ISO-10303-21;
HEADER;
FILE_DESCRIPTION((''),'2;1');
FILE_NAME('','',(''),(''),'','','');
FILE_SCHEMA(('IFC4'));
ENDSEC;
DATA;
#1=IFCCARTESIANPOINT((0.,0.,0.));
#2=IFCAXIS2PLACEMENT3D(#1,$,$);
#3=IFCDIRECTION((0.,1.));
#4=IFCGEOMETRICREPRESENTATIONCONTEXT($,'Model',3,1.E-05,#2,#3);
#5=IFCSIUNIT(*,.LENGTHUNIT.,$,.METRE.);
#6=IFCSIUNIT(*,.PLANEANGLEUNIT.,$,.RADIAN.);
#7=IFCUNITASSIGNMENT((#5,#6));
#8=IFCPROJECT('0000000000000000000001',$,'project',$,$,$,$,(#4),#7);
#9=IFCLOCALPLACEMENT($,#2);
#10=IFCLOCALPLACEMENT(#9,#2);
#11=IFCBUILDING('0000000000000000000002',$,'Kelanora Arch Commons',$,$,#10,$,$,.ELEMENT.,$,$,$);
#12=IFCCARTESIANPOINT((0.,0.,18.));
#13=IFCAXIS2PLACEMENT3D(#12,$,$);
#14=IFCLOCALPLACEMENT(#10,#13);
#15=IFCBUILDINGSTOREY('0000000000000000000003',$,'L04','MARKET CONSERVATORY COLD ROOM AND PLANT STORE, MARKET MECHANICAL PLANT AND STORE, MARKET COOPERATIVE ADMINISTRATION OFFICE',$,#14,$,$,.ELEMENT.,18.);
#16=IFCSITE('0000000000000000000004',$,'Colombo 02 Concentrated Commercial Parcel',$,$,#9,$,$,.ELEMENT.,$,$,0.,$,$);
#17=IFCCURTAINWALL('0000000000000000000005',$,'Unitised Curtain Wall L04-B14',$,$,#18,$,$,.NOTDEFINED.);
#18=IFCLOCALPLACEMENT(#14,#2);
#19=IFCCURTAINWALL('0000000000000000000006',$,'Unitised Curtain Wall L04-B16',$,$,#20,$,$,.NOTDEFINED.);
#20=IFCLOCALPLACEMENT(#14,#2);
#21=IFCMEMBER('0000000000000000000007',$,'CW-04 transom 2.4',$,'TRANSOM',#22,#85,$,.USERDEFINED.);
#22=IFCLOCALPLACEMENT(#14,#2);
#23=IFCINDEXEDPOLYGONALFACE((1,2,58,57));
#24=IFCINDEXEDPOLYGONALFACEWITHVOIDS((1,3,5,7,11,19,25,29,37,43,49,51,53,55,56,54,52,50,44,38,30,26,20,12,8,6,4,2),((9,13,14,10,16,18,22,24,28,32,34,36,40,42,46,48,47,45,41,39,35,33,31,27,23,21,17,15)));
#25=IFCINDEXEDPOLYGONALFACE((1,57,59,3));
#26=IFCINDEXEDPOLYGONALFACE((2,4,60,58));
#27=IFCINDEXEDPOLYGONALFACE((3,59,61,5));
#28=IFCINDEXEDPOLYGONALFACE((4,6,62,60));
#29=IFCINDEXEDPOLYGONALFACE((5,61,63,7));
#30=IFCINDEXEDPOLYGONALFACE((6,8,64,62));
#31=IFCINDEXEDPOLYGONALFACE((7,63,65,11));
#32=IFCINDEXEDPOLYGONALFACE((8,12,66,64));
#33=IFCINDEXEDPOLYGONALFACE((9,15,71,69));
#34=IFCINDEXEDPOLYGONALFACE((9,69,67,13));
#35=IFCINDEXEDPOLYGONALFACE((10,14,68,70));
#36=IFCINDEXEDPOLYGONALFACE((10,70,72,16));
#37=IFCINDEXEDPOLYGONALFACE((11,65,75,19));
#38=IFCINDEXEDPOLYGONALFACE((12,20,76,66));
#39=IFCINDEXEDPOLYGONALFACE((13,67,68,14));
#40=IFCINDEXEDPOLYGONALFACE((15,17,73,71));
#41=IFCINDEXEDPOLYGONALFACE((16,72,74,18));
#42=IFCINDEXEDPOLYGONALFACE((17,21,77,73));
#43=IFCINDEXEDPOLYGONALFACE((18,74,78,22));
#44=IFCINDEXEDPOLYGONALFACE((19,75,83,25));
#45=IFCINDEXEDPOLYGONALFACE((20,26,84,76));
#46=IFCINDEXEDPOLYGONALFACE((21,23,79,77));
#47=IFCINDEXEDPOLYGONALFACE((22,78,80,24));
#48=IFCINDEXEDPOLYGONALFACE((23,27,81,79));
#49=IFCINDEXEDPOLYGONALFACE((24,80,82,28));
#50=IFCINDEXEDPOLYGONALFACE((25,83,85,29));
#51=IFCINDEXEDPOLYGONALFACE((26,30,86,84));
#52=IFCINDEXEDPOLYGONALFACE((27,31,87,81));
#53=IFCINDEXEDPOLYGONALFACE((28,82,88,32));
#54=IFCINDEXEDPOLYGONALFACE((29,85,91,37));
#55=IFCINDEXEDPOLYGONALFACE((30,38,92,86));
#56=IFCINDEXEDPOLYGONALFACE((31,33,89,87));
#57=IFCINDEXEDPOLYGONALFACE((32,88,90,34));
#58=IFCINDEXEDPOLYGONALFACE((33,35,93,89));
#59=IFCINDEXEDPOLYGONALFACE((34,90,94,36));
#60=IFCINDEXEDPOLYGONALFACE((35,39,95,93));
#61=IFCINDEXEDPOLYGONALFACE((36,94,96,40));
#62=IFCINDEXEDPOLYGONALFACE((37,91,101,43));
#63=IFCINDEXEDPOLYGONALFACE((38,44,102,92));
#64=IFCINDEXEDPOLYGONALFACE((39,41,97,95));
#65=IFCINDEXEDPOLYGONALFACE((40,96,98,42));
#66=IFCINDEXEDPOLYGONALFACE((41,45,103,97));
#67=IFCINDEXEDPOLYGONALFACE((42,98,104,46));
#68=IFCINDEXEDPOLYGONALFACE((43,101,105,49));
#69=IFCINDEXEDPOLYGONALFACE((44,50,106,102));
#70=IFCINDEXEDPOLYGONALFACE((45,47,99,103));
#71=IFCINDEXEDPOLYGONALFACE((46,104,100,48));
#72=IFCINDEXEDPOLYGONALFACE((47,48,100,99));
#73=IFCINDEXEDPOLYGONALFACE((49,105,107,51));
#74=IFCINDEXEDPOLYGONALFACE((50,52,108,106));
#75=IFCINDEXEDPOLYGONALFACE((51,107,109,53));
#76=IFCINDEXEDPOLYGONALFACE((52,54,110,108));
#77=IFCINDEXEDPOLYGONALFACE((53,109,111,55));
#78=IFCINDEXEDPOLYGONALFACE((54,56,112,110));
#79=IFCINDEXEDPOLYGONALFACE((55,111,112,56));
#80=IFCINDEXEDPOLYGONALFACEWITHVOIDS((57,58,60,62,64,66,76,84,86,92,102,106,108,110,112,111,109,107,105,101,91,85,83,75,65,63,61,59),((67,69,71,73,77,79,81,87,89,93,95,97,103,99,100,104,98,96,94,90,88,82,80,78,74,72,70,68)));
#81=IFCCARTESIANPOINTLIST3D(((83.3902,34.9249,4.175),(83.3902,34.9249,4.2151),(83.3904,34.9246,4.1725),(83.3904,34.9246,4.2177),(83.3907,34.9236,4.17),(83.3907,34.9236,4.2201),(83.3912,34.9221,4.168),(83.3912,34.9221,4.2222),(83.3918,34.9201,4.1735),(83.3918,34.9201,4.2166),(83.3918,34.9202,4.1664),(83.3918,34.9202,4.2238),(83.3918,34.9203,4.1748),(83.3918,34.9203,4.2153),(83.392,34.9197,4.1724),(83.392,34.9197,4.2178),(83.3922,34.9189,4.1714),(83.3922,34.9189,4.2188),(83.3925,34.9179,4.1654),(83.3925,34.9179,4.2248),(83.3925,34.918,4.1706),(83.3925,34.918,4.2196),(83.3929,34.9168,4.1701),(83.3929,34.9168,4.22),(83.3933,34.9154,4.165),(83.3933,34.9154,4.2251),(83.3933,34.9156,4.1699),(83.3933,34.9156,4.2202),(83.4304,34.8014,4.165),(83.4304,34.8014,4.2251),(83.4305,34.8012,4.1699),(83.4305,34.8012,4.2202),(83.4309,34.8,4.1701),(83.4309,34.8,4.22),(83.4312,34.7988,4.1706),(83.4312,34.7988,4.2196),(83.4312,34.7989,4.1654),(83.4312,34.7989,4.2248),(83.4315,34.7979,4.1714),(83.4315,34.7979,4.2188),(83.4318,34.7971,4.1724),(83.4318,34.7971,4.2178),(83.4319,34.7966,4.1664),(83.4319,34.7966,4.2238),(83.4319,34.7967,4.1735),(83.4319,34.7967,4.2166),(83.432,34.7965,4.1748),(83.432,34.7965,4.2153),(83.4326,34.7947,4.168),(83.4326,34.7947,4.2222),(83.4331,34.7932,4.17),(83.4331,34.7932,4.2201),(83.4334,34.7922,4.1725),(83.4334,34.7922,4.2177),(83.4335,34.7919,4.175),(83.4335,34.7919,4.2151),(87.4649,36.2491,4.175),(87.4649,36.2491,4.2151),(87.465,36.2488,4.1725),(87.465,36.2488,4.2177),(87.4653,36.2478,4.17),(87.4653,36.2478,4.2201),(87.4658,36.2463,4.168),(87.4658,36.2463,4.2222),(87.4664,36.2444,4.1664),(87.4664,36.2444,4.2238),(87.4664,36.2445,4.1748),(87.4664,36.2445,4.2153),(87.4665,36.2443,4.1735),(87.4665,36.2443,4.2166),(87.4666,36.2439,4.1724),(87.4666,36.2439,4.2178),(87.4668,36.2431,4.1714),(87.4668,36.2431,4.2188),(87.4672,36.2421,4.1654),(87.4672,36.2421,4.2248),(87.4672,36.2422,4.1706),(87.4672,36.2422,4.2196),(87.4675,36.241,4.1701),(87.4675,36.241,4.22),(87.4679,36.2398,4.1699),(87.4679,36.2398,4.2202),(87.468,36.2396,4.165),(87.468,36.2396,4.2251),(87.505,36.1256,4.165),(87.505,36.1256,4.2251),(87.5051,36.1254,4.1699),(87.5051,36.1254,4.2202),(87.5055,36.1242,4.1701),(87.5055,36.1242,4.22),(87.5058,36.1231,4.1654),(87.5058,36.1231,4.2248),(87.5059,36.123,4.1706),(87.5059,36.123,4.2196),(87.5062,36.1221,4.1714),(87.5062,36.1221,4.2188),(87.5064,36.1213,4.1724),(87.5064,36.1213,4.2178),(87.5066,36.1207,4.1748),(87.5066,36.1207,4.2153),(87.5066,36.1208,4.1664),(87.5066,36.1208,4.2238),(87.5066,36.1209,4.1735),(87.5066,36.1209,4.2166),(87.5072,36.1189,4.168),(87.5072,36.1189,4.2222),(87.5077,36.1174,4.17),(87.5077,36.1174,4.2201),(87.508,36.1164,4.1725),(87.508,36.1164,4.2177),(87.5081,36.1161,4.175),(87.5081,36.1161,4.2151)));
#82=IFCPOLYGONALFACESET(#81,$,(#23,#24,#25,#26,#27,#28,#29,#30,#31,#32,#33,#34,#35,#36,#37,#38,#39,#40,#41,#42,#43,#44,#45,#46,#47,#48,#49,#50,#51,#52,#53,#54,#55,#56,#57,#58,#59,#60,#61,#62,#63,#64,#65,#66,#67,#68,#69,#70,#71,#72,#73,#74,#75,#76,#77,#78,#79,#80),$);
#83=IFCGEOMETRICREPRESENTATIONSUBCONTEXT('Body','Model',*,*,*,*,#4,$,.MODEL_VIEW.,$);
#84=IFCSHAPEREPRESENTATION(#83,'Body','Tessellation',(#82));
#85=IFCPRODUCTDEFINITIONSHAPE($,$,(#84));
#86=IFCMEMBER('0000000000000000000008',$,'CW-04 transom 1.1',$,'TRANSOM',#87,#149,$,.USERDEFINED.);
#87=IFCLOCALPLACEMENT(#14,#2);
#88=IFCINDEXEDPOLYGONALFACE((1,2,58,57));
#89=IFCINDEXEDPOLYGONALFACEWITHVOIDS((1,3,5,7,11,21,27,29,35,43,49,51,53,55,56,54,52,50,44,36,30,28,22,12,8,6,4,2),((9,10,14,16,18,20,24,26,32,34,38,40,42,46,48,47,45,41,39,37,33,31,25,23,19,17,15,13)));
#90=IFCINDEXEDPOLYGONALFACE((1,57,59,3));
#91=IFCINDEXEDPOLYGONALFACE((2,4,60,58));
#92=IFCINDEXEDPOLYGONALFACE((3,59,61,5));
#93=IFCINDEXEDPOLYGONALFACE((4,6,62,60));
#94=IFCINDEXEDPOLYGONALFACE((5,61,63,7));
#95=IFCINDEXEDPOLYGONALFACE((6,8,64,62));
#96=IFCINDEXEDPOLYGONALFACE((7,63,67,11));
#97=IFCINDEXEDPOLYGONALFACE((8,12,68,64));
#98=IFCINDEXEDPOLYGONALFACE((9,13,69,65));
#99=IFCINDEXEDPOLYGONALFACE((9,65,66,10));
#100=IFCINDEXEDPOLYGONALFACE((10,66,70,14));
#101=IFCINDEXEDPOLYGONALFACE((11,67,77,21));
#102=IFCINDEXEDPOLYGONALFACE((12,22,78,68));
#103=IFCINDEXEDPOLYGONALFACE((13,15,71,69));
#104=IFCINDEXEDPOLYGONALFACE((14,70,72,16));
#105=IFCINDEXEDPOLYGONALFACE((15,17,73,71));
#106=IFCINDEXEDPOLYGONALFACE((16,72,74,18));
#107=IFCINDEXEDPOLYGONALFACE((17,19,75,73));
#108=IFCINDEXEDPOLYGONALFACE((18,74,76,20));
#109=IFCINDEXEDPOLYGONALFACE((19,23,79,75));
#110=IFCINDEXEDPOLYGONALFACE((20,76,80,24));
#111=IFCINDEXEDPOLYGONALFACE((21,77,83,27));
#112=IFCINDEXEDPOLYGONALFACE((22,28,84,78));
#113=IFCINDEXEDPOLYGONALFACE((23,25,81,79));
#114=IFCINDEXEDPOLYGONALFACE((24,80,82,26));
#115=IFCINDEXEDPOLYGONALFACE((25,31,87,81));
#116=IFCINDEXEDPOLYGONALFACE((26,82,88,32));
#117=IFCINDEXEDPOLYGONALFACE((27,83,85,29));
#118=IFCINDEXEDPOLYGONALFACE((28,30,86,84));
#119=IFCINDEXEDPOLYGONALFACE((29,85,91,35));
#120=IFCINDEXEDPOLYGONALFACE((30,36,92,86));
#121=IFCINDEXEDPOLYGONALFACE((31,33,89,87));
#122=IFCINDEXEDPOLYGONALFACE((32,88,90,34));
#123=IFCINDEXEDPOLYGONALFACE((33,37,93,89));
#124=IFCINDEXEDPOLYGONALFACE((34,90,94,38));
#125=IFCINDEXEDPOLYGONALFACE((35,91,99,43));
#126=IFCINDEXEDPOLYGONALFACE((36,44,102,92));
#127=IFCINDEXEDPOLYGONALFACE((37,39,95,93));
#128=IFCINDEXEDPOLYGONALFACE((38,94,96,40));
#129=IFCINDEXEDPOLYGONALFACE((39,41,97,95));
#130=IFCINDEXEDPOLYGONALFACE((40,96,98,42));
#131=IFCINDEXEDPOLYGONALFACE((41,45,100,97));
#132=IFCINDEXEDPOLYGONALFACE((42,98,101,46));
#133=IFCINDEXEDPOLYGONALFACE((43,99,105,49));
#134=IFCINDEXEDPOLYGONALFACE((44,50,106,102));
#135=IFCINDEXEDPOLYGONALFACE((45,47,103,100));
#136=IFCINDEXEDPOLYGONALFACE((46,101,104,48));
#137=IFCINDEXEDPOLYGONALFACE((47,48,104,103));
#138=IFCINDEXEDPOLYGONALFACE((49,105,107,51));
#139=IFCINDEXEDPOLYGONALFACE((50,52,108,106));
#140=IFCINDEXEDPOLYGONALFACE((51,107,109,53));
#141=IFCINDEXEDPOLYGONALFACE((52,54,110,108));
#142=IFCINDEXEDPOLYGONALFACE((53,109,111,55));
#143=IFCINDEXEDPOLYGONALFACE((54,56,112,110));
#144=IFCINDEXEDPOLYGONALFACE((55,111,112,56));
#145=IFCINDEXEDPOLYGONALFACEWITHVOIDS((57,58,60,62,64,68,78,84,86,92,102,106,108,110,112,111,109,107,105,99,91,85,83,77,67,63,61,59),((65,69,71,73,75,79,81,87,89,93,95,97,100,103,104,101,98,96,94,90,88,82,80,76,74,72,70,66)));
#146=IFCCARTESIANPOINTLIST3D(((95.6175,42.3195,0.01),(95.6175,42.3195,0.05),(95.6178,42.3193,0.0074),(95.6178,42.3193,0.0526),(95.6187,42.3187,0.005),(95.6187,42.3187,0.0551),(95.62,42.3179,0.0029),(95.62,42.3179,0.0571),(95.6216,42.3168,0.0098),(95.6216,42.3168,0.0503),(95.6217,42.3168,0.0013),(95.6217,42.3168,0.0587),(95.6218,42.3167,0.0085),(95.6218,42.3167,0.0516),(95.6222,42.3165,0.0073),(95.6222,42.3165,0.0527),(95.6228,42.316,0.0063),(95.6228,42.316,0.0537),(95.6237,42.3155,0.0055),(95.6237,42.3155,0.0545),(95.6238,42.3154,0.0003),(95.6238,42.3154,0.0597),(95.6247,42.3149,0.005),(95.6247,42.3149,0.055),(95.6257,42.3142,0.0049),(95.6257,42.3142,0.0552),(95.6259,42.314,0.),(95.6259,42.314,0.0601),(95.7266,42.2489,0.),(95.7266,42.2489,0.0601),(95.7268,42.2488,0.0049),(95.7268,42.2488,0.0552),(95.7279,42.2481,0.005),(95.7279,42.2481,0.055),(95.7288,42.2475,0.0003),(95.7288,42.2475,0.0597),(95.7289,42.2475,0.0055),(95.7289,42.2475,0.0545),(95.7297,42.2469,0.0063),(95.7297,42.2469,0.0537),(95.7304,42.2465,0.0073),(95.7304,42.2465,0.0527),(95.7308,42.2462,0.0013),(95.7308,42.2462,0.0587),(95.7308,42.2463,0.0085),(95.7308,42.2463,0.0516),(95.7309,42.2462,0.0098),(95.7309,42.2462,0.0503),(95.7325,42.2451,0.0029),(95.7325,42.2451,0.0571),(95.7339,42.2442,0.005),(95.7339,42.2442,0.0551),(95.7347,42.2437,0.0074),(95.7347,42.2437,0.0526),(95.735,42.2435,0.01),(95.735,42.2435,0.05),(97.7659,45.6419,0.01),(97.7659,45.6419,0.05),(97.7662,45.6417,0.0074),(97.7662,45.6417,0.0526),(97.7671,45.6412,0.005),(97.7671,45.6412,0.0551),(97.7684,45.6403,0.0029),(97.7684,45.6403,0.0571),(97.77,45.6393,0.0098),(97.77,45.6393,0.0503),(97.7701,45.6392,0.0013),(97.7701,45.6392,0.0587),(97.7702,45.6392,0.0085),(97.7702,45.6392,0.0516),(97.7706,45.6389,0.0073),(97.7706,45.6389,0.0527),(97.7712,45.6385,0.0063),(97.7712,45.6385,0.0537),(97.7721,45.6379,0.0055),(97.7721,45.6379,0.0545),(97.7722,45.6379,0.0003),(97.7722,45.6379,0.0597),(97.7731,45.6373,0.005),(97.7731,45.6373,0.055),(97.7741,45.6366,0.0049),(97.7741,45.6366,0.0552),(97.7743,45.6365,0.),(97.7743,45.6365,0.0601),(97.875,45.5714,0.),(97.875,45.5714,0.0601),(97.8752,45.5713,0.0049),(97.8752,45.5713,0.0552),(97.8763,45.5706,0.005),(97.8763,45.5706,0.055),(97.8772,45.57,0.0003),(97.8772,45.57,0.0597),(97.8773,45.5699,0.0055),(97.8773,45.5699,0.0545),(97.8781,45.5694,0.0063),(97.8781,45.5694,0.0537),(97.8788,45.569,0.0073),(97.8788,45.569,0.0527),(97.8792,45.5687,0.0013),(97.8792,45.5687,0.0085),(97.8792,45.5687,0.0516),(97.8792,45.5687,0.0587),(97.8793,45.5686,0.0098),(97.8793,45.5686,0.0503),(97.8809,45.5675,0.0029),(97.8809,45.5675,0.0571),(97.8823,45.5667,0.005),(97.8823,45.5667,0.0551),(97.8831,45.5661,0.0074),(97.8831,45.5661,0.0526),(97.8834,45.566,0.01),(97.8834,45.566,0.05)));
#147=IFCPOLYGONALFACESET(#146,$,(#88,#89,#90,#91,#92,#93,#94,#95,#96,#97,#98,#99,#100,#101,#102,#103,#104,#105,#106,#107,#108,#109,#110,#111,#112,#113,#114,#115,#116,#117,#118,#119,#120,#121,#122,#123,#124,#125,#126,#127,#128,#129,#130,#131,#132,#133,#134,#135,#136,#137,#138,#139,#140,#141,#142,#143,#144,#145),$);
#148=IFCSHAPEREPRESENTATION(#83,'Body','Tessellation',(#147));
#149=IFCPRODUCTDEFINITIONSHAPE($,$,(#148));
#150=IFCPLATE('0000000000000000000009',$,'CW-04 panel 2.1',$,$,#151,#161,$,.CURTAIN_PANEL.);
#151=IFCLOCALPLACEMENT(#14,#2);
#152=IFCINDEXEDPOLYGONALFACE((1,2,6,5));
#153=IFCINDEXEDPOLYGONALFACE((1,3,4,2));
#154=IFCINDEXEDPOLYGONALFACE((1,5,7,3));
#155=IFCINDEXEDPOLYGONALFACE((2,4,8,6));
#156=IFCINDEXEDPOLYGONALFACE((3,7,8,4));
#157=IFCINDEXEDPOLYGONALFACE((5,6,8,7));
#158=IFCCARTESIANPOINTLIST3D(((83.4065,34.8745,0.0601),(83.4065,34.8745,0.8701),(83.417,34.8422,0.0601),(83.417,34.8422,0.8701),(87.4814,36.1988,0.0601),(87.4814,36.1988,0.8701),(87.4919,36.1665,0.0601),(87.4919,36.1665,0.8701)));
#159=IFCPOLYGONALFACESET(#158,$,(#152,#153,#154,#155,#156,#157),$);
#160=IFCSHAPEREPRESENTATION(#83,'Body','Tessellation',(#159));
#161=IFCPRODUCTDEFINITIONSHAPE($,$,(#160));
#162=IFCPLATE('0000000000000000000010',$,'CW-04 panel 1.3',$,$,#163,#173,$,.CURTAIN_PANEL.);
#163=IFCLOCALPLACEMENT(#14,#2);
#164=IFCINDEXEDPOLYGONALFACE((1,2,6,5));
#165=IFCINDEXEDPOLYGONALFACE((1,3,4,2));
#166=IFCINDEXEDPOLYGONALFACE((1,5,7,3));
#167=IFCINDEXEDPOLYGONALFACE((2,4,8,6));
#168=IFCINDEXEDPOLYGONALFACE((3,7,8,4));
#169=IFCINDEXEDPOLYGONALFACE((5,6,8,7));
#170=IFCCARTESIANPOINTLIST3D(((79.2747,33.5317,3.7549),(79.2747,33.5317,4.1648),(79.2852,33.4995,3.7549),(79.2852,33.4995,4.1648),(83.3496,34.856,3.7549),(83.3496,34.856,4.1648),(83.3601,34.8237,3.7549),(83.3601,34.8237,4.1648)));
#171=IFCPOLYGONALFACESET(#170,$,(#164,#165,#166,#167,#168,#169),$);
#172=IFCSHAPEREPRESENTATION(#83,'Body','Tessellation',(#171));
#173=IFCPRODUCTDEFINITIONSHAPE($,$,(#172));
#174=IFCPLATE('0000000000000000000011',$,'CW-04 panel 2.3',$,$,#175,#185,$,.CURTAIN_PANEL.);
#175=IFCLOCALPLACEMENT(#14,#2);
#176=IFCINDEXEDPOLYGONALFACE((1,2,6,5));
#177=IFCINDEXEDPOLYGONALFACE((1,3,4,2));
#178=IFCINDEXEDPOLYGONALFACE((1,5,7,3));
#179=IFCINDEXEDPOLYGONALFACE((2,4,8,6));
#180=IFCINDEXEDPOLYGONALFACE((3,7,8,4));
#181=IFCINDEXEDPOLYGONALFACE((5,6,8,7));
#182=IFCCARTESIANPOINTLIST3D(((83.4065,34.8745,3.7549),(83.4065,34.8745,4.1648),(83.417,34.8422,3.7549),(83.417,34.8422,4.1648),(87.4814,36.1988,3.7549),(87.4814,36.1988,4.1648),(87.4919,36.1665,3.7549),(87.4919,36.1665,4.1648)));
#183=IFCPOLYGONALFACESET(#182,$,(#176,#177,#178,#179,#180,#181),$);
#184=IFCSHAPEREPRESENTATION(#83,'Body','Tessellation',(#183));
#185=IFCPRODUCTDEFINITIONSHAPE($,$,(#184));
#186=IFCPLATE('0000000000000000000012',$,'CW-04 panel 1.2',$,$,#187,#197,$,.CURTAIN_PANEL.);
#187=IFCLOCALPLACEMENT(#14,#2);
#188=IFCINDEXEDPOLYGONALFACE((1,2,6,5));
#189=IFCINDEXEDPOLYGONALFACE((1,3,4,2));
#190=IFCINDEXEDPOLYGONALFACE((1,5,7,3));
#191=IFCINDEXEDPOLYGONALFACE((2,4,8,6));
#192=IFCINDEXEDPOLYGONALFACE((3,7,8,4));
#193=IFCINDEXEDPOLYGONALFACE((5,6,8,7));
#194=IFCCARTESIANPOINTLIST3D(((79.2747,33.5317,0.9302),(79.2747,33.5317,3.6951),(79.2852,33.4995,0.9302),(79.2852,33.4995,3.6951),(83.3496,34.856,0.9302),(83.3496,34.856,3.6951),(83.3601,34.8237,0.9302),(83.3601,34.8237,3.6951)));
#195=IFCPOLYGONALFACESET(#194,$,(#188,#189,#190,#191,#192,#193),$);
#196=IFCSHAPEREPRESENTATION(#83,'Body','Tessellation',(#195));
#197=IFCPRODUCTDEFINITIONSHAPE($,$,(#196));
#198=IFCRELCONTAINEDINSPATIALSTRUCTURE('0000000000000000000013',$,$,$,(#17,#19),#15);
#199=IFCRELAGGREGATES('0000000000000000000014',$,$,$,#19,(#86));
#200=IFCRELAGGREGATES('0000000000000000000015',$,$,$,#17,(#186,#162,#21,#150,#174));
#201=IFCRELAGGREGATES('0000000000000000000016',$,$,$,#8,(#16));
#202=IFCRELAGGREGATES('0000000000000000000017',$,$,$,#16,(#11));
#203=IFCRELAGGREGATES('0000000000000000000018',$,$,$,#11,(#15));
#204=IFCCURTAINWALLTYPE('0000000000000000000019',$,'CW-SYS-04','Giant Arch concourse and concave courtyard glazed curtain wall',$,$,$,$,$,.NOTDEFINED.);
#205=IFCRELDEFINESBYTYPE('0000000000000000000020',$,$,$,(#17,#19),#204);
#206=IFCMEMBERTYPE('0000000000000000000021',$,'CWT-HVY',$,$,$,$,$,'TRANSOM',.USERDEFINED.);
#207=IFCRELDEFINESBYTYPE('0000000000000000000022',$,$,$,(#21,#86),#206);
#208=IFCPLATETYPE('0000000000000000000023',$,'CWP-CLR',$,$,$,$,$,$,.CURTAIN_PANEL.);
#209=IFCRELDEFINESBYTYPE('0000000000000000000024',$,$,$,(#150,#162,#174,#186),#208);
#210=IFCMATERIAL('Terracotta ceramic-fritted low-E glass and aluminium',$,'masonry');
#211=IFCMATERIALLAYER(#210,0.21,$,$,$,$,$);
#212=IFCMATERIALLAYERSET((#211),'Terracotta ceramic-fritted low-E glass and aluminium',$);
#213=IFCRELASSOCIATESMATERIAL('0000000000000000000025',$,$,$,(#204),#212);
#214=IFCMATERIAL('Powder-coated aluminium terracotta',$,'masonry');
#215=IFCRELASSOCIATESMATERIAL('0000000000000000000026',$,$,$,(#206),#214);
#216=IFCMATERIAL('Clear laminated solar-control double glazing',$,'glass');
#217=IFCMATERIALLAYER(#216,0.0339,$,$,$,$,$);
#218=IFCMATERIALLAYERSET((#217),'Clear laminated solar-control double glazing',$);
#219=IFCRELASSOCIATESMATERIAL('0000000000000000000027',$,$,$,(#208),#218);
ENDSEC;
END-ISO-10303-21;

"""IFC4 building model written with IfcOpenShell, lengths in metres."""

from ifc_helpers import new_model, si_unit, direction, frame, origin, origin_2d, place, context, subcontext, project, spatial, rectangle, hollow_rectangle, extrude, source, transform, mapped, material, layer, layer_set, material_profile, profile_set, type_object, element, aggregate, save


model = new_model("IFC4")

# Units and contexts
model_context = context("Model", 3, precision=1e-05, world=origin(), true_north=direction((0.0, 1.0)))
body_context = subcontext(model_context, "Body", "Model", "MODEL_VIEW")
ifc_project = project(units=[si_unit("LENGTHUNIT", "METRE"), si_unit("PLANEANGLEUNIT", "RADIAN")], contexts=[model_context])

# Site, building, storey
site_placement = place(None, origin())
site = spatial("IfcSite", under=ifc_project, at=site_placement, Name="Colombo 02 Concentrated Commercial Parcel", CompositionType="ELEMENT", RefElevation=0.0)
building_placement = place(site_placement, origin())
building = spatial("IfcBuilding", under=site, at=building_placement, Name="Kelanora Arch Commons", CompositionType="ELEMENT")
storey_placement = place(building_placement, frame((0.0, 0.0, 18.0)))
storey = spatial("IfcBuildingStorey", under=building, at=storey_placement, Name="L04", Description="MARKET CONSERVATORY COLD ROOM AND PLANT STORE, MARKET MECHANICAL PLANT AND STORE, MARKET COOPERATIVE ADMINISTRATION OFFICE", CompositionType="ELEMENT", Elevation=18.0)

# Curtain wall
ifc_material_1 = material(Name="Terracotta ceramic-fritted low-E glass and aluminium", Category="masonry")
ifc_layer_1 = layer(ifc_material_1, 0.21)
ifc_layer_set_1 = layer_set([ifc_layer_1], Name="Terracotta ceramic-fritted low-E glass and aluminium")
curtain_wall_type = type_object("IfcCurtainWallType", Name="CW-SYS-04", Description="Giant Arch concourse and concave courtyard glazed curtain wall", PredefinedType="NOTDEFINED", material=ifc_layer_set_1)
curtain_wall_1_placement = place(storey_placement, origin())
curtain_wall_1 = element("IfcCurtainWall", 1, at=curtain_wall_1_placement, inside=storey, type_object=curtain_wall_type, Name="Unitised Curtain Wall L04-B14", PredefinedType="NOTDEFINED")
ifc_material_2 = material(Name="Powder-coated aluminium terracotta", Category="masonry")

# Curtain wall
curtain_wall_2_placement = place(storey_placement, origin())
curtain_wall_2 = element("IfcCurtainWall", 2, at=curtain_wall_2_placement, inside=storey, type_object=curtain_wall_type, Name="Unitised Curtain Wall L04-B16", PredefinedType="NOTDEFINED")

# Members
ifc_material_profile_1 = material_profile(ifc_material_2, hollow_rectangle(XDim=0.1399, YDim=0.0601, WallThickness=0.0049, InnerFilletRadius=0.0049, OuterFilletRadius=0.01, at=origin_2d()), Name="CWT140x60")
ifc_profile_set_1 = profile_set([ifc_material_profile_1], Name="Powder-coated aluminium terracotta")
member_type_1 = type_object("IfcMemberType", Name="CWT-HVY", ElementType="TRANSOM", PredefinedType="USERDEFINED", material=ifc_profile_set_1)
member_1_placement = place(storey_placement, frame((83.4119, 34.8584, 4.1951), z_axis=(0.951038, 0.309073, 0.0), x_axis=(-0.309073, 0.951038, 0.0)))
member_1 = element("IfcMember", 3, at=member_1_placement, type_object=member_type_1, Name="CW-04 transom 2.4", ObjectType="TRANSOM", PredefinedType="USERDEFINED", context=body_context, shape_type="SweptSolid", body=[
    extrude(hollow_rectangle(XDim=0.1399, YDim=0.0601, WallThickness=0.0049, InnerFilletRadius=0.0049, OuterFilletRadius=0.01, at=origin_2d()), origin(), (0.0, 0.0, 1.0), 4.2844),
])
member_2_placement = place(storey_placement, frame((95.6763, 42.2815, 0.03), z_axis=(0.542998, 0.839734, 0.0), x_axis=(-0.839734, 0.542998, 0.0)))
member_2 = element("IfcMember", 4, at=member_2_placement, type_object=member_type_1, Name="CW-04 transom 1.1", ObjectType="TRANSOM", PredefinedType="USERDEFINED", context=body_context, shape_type="SweptSolid", body=[
    extrude(hollow_rectangle(XDim=0.1399, YDim=0.0601, WallThickness=0.0049, InnerFilletRadius=0.0049, OuterFilletRadius=0.01, at=origin_2d()), origin(), (0.0, 0.0, 1.0), 3.9565),
])
aggregate(curtain_wall_2, [member_2])

# Plates
ifc_material_3 = material(Name="Clear laminated solar-control double glazing", Category="glass")
ifc_layer_2 = layer(ifc_material_3, 0.0339)
ifc_layer_set_2 = layer_set([ifc_layer_2], Name="Clear laminated solar-control double glazing")
plate_type = type_object("IfcPlateType", Name="CWP-CLR", PredefinedType="CURTAIN_PANEL", material=ifc_layer_set_2)
shared_shape_1 = source(origin(), body_context, "Body", "SweptSolid", [
    extrude(rectangle(XDim=4.2847, YDim=0.0339, at=origin_2d()), origin(), (0.0, 0.0, 1.0), 0.8101),
])
plate_1_placement = place(storey_placement, frame((85.4492, 35.5205, 0.0601), z_axis=(0.0, 0.0, 1.0), x_axis=(0.951039, 0.30907, 0.0)))
plate_1 = element("IfcPlate", 5, at=plate_1_placement, type_object=plate_type, Name="CW-04 panel 2.1", PredefinedType="CURTAIN_PANEL", context=body_context, shape_type="MappedRepresentation", body=[
    mapped(shared_shape_1, transform((0.0, 0.0, 0.0), scale=1.0)),
])
shared_shape_2 = source(origin(), body_context, "Body", "SweptSolid", [
    extrude(rectangle(XDim=4.2847, YDim=0.0339, at=origin_2d()), origin(), (0.0, 0.0, 1.0), 0.4099),
])
plate_2_placement = place(storey_placement, frame((81.3174, 34.1777, 3.7549), z_axis=(0.0, 0.0, 1.0), x_axis=(0.951039, 0.30907, 0.0)))
plate_2 = element("IfcPlate", 6, at=plate_2_placement, type_object=plate_type, Name="CW-04 panel 1.3", PredefinedType="CURTAIN_PANEL", context=body_context, shape_type="MappedRepresentation", body=[
    mapped(shared_shape_2, transform((0.0, 0.0, 0.0), scale=1.0)),
])
plate_3_placement = place(storey_placement, frame((85.4492, 35.5205, 3.7549), z_axis=(0.0, 0.0, 1.0), x_axis=(0.951039, 0.30907, 0.0)))
plate_3 = element("IfcPlate", 7, at=plate_3_placement, type_object=plate_type, Name="CW-04 panel 2.3", PredefinedType="CURTAIN_PANEL", context=body_context, shape_type="MappedRepresentation", body=[
    mapped(shared_shape_2, transform((0.0, 0.0, 0.0), scale=1.0)),
])
shared_shape_3 = source(origin(), body_context, "Body", "SweptSolid", [
    extrude(rectangle(XDim=4.2847, YDim=0.0339, at=origin_2d()), origin(), (0.0, 0.0, 1.0), 2.7649),
])
plate_4_placement = place(storey_placement, frame((81.3174, 34.1777, 0.9302), z_axis=(0.0, 0.0, 1.0), x_axis=(0.951039, 0.30907, 0.0)))
plate_4 = element("IfcPlate", 8, at=plate_4_placement, type_object=plate_type, Name="CW-04 panel 1.2", PredefinedType="CURTAIN_PANEL", context=body_context, shape_type="MappedRepresentation", body=[
    mapped(shared_shape_3, transform((0.0, 0.0, 0.0), scale=1.0)),
])
aggregate(curtain_wall_1, [plate_4, plate_2, member_1, plate_1, plate_3])

save(model, "model.ifc")
